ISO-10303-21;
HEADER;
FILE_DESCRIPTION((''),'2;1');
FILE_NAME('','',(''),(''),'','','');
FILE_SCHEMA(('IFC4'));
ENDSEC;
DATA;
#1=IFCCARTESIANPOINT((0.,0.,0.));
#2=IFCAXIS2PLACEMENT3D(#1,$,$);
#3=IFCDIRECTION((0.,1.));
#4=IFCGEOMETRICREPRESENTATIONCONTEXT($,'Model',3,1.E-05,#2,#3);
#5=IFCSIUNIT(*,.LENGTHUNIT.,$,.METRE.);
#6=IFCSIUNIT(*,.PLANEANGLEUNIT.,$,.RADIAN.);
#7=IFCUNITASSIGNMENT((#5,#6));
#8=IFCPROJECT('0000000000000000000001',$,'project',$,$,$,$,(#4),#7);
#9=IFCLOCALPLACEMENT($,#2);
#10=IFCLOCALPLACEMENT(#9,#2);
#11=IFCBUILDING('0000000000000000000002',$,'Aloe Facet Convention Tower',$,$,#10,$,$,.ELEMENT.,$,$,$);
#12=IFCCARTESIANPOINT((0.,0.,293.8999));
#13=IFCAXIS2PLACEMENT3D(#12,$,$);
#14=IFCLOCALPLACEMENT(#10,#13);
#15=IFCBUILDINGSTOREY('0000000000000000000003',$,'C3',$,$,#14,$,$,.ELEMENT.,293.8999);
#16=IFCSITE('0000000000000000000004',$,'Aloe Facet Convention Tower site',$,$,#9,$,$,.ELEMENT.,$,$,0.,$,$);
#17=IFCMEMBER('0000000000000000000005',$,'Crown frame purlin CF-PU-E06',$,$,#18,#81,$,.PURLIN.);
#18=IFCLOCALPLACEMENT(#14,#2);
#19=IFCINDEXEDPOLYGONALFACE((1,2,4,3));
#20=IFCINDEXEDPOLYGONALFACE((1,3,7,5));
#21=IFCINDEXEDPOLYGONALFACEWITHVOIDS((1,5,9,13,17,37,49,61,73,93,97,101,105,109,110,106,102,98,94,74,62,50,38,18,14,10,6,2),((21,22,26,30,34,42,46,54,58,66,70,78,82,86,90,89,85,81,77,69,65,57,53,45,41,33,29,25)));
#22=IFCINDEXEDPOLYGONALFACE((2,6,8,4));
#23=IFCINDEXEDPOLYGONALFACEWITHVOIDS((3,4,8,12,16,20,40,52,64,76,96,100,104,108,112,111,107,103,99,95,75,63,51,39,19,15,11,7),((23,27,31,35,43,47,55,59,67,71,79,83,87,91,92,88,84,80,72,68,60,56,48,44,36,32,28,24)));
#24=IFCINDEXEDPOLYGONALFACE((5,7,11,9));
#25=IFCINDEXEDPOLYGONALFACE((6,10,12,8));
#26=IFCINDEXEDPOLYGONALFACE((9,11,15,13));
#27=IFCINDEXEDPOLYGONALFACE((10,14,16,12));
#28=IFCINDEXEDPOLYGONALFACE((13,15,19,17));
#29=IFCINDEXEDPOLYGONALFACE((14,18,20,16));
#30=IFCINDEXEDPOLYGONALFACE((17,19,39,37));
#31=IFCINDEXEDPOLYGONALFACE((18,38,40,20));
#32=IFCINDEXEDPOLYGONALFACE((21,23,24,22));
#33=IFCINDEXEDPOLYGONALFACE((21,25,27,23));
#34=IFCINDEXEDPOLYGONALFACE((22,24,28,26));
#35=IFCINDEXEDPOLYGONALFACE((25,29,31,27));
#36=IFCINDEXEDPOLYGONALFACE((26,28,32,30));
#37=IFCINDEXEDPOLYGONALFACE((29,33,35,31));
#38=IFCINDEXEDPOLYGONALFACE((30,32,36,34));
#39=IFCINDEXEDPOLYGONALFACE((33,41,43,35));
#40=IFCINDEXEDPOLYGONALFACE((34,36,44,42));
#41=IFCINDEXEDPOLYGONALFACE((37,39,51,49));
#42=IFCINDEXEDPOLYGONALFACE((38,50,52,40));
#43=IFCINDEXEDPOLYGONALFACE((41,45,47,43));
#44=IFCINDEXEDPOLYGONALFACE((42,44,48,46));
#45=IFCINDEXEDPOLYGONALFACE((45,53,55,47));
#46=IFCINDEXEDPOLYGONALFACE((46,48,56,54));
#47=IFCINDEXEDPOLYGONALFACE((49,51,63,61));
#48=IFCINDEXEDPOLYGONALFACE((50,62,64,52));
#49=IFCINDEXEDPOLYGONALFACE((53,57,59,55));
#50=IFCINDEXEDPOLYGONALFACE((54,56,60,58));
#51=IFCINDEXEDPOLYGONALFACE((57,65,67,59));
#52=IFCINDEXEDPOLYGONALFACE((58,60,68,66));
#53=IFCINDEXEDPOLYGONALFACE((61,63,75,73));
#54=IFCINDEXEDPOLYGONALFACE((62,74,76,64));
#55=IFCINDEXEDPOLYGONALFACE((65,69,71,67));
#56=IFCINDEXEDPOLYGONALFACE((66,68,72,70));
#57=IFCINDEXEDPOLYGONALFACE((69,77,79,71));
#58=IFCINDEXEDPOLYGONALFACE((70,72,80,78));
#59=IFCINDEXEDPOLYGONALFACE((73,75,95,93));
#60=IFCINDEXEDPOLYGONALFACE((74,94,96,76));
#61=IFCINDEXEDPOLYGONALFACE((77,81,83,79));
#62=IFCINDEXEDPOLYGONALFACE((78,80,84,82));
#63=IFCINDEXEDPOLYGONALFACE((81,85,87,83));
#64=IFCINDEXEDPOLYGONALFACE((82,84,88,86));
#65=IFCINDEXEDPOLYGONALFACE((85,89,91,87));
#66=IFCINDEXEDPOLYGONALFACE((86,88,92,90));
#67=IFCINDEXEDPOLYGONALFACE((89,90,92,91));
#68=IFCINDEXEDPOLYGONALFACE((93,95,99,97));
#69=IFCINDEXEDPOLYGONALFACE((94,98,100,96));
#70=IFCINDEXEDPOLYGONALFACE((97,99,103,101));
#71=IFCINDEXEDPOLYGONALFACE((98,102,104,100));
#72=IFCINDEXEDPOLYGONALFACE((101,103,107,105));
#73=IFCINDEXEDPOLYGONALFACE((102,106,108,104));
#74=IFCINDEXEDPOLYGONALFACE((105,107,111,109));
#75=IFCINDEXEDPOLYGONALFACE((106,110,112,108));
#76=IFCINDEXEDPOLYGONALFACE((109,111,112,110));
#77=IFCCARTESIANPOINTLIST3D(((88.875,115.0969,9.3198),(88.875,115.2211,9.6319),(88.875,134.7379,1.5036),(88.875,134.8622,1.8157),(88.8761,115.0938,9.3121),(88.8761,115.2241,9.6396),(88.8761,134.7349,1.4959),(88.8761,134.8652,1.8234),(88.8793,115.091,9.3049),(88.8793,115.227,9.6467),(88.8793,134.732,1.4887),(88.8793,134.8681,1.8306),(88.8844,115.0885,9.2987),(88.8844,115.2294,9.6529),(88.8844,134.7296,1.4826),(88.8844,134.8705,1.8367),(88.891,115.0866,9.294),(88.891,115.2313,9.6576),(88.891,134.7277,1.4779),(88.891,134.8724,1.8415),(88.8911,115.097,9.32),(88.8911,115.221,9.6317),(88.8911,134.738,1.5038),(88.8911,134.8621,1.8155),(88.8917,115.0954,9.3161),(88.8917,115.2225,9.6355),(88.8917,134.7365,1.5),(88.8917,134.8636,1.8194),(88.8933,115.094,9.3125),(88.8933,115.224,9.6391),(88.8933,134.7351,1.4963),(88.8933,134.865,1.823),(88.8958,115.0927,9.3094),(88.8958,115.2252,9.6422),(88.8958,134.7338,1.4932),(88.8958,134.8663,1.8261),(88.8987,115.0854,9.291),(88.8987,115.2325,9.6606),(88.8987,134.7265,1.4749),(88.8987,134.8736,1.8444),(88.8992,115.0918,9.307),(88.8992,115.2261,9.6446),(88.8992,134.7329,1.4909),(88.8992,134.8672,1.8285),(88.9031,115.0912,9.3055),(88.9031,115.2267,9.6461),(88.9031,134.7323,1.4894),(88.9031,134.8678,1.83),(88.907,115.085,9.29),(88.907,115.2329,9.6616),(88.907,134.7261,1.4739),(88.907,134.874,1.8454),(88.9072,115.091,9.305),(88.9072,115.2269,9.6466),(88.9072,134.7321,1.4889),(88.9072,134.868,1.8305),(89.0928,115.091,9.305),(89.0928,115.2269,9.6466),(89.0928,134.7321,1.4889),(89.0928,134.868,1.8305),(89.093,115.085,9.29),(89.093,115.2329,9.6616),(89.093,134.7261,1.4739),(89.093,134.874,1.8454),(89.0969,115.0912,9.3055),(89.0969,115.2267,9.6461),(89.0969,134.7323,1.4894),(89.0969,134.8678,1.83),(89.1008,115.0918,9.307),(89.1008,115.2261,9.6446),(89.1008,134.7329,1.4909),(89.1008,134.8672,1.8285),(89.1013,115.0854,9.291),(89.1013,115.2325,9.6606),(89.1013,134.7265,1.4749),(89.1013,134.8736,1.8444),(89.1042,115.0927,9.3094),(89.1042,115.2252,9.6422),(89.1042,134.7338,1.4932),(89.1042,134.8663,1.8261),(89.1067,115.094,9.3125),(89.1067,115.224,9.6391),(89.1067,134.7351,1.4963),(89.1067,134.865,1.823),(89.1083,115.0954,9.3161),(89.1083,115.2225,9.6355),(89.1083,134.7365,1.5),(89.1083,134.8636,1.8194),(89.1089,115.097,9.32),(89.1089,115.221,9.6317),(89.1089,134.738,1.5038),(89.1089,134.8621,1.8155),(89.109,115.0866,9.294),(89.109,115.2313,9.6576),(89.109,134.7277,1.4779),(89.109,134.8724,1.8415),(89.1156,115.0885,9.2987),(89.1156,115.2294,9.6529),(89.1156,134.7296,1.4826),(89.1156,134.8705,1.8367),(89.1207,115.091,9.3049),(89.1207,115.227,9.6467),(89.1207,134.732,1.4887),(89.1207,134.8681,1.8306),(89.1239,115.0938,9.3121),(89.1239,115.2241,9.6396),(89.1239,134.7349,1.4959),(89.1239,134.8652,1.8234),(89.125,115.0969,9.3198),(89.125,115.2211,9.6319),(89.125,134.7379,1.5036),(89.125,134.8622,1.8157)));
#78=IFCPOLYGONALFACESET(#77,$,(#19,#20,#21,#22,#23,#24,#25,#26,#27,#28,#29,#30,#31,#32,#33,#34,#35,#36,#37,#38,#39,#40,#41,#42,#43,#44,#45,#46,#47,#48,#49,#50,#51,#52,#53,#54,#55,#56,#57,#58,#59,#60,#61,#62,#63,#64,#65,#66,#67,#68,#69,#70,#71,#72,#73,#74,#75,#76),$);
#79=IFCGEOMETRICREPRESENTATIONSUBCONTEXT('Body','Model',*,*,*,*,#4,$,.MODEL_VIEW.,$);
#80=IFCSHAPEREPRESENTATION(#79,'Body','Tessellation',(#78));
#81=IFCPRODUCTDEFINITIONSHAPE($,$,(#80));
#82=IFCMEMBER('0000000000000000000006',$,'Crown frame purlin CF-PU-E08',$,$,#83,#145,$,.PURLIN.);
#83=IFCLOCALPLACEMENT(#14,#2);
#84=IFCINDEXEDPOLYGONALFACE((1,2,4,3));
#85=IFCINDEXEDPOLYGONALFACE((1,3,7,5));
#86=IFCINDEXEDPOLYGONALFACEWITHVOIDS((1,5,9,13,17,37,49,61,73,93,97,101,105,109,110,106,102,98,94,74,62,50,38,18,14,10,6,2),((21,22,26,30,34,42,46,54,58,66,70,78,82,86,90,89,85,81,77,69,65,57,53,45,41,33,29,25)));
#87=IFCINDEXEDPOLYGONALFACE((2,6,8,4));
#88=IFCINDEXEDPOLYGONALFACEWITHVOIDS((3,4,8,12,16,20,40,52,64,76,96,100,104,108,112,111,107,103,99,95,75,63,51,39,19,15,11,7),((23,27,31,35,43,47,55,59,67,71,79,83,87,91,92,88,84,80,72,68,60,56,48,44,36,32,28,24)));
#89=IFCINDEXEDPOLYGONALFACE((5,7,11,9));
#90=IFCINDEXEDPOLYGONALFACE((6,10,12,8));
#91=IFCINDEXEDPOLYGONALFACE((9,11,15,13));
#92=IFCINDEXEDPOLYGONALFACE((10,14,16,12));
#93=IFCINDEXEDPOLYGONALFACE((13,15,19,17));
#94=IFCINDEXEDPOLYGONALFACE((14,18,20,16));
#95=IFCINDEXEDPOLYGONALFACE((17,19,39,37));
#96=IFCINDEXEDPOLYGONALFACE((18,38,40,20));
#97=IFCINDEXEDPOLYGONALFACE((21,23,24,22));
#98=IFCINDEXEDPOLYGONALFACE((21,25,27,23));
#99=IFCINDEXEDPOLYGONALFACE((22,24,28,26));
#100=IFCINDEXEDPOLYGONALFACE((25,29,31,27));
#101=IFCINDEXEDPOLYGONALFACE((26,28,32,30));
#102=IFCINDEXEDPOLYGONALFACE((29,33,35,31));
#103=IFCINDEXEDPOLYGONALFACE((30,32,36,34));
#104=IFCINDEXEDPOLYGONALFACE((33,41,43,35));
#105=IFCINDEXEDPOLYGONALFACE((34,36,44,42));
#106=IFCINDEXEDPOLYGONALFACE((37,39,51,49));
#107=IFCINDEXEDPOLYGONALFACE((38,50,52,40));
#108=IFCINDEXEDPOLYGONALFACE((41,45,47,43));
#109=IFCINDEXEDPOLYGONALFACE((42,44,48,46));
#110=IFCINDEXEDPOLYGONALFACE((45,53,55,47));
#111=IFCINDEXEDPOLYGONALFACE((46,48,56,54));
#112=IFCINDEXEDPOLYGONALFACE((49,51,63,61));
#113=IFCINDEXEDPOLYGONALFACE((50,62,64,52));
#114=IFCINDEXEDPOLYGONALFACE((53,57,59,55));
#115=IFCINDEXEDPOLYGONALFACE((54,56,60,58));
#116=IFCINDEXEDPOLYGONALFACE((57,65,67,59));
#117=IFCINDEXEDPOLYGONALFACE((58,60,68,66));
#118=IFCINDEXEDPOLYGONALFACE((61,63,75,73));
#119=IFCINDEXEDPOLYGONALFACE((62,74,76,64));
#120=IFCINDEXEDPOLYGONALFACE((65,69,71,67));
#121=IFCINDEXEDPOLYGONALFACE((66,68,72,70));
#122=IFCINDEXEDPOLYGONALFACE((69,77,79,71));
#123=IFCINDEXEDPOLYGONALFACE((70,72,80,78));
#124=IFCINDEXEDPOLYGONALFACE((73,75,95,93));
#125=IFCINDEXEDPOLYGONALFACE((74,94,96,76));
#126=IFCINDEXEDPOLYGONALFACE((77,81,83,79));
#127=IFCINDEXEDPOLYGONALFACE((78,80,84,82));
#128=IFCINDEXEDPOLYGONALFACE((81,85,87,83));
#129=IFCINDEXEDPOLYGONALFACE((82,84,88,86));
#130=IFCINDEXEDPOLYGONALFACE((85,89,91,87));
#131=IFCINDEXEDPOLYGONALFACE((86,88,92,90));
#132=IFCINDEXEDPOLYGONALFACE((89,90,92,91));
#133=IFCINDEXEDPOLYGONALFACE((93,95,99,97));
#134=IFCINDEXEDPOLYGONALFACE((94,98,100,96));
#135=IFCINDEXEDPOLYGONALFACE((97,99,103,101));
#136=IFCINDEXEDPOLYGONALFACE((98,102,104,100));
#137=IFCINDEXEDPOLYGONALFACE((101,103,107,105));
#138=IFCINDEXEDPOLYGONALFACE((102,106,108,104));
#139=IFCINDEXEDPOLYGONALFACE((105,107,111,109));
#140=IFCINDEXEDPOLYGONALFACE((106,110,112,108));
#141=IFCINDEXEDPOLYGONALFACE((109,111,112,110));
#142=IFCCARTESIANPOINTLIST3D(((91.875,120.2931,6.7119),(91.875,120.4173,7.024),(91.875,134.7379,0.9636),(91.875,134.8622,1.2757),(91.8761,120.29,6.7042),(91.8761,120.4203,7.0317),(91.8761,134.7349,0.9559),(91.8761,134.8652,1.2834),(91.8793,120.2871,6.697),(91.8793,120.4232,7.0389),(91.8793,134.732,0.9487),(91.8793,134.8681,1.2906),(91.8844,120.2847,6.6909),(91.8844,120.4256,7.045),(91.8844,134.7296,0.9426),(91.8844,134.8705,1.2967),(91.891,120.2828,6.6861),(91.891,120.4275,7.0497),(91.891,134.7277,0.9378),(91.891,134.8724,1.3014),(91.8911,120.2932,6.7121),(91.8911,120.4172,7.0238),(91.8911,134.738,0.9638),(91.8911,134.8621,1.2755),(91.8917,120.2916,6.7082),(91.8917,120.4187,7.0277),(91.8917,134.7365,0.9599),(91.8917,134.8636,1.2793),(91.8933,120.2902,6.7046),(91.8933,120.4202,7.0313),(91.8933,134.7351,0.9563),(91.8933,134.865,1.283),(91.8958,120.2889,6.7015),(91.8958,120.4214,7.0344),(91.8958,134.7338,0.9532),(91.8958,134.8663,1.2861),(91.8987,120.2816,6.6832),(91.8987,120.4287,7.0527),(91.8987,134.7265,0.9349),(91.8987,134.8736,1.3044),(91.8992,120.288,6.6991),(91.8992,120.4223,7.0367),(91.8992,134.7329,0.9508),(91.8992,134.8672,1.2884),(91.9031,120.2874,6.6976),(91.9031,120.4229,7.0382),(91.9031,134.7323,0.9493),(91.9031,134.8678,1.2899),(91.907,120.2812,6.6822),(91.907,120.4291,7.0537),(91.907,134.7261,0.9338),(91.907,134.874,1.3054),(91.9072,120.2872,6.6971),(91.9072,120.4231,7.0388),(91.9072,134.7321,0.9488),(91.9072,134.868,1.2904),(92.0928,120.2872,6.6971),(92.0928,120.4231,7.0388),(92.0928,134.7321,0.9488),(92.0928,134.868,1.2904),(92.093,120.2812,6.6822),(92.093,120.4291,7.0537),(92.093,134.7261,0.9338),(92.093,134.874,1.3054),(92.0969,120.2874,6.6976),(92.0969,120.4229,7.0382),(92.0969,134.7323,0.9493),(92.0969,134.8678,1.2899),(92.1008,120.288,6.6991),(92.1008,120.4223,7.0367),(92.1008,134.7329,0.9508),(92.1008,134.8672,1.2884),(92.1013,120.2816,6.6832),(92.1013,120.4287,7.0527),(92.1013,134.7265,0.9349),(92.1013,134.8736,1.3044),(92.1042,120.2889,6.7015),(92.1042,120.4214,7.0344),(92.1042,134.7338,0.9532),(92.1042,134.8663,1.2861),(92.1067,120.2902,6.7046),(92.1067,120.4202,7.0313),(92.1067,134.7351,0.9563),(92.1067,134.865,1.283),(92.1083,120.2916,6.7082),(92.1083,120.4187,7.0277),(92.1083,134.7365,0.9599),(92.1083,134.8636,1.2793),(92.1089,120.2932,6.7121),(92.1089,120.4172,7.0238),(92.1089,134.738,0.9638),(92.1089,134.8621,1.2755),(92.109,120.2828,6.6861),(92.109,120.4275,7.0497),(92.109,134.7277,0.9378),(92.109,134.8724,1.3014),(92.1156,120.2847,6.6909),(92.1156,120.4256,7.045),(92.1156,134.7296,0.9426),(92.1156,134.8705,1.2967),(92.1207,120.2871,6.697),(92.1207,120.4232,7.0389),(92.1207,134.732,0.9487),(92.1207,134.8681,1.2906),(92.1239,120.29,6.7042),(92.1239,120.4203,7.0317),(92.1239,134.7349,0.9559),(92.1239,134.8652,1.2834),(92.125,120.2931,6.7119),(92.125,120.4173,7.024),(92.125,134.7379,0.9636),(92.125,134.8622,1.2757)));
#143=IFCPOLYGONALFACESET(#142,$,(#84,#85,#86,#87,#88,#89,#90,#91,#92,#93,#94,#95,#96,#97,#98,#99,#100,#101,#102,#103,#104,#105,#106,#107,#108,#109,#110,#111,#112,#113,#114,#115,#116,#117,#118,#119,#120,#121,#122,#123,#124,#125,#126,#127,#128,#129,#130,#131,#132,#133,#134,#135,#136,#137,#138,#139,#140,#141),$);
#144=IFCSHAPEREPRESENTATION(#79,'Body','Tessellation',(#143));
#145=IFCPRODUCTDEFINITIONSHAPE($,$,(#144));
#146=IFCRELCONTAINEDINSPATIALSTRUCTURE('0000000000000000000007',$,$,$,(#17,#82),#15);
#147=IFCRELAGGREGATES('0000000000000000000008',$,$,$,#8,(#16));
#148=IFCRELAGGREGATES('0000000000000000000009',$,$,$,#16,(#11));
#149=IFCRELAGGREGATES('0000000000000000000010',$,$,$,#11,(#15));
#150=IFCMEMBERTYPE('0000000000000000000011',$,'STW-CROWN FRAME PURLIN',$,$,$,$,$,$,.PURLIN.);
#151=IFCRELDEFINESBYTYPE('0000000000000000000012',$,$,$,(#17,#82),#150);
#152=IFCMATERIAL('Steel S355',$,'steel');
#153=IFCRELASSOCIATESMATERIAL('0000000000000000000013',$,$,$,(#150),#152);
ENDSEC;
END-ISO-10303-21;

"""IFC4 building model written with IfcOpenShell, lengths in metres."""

from ifc_helpers import new_model, si_unit, direction, frame, origin, origin_2d, place, context, subcontext, project, spatial, hollow_rectangle, extrude, material, material_profile, profile_set, type_object, element, save


model = new_model("IFC4")

# Units and contexts
model_context = context("Model", 3, precision=1e-05, world=origin(), true_north=direction((0.0, 1.0)))
body_context = subcontext(model_context, "Body", "Model", "MODEL_VIEW")
ifc_project = project(units=[si_unit("LENGTHUNIT", "METRE"), si_unit("PLANEANGLEUNIT", "RADIAN")], contexts=[model_context])

# Site, building, storey
site_placement = place(None, origin())
site = spatial("IfcSite", under=ifc_project, at=site_placement, Name="Aloe Facet Convention Tower site", CompositionType="ELEMENT", RefElevation=0.0)
building_placement = place(site_placement, origin())
building = spatial("IfcBuilding", under=site, at=building_placement, Name="Aloe Facet Convention Tower", CompositionType="ELEMENT")
storey_placement = place(building_placement, frame((0.0, 0.0, 293.8999)))
storey = spatial("IfcBuildingStorey", under=building, at=storey_placement, Name="C3", CompositionType="ELEMENT", Elevation=293.8999)

# Members
ifc_material_1 = material(Name="Steel S355", Category="steel")
ifc_material_profile_1 = material_profile(ifc_material_1, hollow_rectangle(XDim=0.25, YDim=0.3999, WallThickness=0.0161, InnerFilletRadius=0.0161, OuterFilletRadius=0.032, at=origin_2d()), Name="RHS 400x250x16")
ifc_profile_set_1 = profile_set([ifc_material_profile_1], Name="Steel S355")
member_type_1 = type_object("IfcMemberType", Name="STW-CROWN FRAME PURLIN", PredefinedType="PURLIN", material=ifc_profile_set_1)
member_1_placement = place(storey_placement, frame((89.0, 134.8, 1.6597), z_axis=(0.0, -0.929132, 0.369747), x_axis=(1.0, 0.0, 0.0)))
element("IfcMember", 1, at=member_1_placement, inside=storey, type_object=member_type_1, Name="Crown frame purlin CF-PU-E06", PredefinedType="PURLIN", context=body_context, shape_type="SweptSolid", body=[
    extrude(hollow_rectangle(XDim=0.25, YDim=0.3999, WallThickness=0.0161, InnerFilletRadius=0.0161, OuterFilletRadius=0.032, at=origin_2d()), origin(), (0.0, 0.0, 1.0), 21.1392),
])
member_2_placement = place(storey_placement, frame((92.0, 134.8, 1.1196), z_axis=(0.0, -0.929133, 0.369747), x_axis=(1.0, 0.0, 0.0)))
element("IfcMember", 2, at=member_2_placement, inside=storey, type_object=member_type_1, Name="Crown frame purlin CF-PU-E08", PredefinedType="PURLIN", context=body_context, shape_type="SweptSolid", body=[
    extrude(hollow_rectangle(XDim=0.25, YDim=0.3999, WallThickness=0.0161, InnerFilletRadius=0.0161, OuterFilletRadius=0.032, at=origin_2d()), origin(), (0.0, 0.0, 1.0), 15.5466),
])

save(model, "model.ifc")
